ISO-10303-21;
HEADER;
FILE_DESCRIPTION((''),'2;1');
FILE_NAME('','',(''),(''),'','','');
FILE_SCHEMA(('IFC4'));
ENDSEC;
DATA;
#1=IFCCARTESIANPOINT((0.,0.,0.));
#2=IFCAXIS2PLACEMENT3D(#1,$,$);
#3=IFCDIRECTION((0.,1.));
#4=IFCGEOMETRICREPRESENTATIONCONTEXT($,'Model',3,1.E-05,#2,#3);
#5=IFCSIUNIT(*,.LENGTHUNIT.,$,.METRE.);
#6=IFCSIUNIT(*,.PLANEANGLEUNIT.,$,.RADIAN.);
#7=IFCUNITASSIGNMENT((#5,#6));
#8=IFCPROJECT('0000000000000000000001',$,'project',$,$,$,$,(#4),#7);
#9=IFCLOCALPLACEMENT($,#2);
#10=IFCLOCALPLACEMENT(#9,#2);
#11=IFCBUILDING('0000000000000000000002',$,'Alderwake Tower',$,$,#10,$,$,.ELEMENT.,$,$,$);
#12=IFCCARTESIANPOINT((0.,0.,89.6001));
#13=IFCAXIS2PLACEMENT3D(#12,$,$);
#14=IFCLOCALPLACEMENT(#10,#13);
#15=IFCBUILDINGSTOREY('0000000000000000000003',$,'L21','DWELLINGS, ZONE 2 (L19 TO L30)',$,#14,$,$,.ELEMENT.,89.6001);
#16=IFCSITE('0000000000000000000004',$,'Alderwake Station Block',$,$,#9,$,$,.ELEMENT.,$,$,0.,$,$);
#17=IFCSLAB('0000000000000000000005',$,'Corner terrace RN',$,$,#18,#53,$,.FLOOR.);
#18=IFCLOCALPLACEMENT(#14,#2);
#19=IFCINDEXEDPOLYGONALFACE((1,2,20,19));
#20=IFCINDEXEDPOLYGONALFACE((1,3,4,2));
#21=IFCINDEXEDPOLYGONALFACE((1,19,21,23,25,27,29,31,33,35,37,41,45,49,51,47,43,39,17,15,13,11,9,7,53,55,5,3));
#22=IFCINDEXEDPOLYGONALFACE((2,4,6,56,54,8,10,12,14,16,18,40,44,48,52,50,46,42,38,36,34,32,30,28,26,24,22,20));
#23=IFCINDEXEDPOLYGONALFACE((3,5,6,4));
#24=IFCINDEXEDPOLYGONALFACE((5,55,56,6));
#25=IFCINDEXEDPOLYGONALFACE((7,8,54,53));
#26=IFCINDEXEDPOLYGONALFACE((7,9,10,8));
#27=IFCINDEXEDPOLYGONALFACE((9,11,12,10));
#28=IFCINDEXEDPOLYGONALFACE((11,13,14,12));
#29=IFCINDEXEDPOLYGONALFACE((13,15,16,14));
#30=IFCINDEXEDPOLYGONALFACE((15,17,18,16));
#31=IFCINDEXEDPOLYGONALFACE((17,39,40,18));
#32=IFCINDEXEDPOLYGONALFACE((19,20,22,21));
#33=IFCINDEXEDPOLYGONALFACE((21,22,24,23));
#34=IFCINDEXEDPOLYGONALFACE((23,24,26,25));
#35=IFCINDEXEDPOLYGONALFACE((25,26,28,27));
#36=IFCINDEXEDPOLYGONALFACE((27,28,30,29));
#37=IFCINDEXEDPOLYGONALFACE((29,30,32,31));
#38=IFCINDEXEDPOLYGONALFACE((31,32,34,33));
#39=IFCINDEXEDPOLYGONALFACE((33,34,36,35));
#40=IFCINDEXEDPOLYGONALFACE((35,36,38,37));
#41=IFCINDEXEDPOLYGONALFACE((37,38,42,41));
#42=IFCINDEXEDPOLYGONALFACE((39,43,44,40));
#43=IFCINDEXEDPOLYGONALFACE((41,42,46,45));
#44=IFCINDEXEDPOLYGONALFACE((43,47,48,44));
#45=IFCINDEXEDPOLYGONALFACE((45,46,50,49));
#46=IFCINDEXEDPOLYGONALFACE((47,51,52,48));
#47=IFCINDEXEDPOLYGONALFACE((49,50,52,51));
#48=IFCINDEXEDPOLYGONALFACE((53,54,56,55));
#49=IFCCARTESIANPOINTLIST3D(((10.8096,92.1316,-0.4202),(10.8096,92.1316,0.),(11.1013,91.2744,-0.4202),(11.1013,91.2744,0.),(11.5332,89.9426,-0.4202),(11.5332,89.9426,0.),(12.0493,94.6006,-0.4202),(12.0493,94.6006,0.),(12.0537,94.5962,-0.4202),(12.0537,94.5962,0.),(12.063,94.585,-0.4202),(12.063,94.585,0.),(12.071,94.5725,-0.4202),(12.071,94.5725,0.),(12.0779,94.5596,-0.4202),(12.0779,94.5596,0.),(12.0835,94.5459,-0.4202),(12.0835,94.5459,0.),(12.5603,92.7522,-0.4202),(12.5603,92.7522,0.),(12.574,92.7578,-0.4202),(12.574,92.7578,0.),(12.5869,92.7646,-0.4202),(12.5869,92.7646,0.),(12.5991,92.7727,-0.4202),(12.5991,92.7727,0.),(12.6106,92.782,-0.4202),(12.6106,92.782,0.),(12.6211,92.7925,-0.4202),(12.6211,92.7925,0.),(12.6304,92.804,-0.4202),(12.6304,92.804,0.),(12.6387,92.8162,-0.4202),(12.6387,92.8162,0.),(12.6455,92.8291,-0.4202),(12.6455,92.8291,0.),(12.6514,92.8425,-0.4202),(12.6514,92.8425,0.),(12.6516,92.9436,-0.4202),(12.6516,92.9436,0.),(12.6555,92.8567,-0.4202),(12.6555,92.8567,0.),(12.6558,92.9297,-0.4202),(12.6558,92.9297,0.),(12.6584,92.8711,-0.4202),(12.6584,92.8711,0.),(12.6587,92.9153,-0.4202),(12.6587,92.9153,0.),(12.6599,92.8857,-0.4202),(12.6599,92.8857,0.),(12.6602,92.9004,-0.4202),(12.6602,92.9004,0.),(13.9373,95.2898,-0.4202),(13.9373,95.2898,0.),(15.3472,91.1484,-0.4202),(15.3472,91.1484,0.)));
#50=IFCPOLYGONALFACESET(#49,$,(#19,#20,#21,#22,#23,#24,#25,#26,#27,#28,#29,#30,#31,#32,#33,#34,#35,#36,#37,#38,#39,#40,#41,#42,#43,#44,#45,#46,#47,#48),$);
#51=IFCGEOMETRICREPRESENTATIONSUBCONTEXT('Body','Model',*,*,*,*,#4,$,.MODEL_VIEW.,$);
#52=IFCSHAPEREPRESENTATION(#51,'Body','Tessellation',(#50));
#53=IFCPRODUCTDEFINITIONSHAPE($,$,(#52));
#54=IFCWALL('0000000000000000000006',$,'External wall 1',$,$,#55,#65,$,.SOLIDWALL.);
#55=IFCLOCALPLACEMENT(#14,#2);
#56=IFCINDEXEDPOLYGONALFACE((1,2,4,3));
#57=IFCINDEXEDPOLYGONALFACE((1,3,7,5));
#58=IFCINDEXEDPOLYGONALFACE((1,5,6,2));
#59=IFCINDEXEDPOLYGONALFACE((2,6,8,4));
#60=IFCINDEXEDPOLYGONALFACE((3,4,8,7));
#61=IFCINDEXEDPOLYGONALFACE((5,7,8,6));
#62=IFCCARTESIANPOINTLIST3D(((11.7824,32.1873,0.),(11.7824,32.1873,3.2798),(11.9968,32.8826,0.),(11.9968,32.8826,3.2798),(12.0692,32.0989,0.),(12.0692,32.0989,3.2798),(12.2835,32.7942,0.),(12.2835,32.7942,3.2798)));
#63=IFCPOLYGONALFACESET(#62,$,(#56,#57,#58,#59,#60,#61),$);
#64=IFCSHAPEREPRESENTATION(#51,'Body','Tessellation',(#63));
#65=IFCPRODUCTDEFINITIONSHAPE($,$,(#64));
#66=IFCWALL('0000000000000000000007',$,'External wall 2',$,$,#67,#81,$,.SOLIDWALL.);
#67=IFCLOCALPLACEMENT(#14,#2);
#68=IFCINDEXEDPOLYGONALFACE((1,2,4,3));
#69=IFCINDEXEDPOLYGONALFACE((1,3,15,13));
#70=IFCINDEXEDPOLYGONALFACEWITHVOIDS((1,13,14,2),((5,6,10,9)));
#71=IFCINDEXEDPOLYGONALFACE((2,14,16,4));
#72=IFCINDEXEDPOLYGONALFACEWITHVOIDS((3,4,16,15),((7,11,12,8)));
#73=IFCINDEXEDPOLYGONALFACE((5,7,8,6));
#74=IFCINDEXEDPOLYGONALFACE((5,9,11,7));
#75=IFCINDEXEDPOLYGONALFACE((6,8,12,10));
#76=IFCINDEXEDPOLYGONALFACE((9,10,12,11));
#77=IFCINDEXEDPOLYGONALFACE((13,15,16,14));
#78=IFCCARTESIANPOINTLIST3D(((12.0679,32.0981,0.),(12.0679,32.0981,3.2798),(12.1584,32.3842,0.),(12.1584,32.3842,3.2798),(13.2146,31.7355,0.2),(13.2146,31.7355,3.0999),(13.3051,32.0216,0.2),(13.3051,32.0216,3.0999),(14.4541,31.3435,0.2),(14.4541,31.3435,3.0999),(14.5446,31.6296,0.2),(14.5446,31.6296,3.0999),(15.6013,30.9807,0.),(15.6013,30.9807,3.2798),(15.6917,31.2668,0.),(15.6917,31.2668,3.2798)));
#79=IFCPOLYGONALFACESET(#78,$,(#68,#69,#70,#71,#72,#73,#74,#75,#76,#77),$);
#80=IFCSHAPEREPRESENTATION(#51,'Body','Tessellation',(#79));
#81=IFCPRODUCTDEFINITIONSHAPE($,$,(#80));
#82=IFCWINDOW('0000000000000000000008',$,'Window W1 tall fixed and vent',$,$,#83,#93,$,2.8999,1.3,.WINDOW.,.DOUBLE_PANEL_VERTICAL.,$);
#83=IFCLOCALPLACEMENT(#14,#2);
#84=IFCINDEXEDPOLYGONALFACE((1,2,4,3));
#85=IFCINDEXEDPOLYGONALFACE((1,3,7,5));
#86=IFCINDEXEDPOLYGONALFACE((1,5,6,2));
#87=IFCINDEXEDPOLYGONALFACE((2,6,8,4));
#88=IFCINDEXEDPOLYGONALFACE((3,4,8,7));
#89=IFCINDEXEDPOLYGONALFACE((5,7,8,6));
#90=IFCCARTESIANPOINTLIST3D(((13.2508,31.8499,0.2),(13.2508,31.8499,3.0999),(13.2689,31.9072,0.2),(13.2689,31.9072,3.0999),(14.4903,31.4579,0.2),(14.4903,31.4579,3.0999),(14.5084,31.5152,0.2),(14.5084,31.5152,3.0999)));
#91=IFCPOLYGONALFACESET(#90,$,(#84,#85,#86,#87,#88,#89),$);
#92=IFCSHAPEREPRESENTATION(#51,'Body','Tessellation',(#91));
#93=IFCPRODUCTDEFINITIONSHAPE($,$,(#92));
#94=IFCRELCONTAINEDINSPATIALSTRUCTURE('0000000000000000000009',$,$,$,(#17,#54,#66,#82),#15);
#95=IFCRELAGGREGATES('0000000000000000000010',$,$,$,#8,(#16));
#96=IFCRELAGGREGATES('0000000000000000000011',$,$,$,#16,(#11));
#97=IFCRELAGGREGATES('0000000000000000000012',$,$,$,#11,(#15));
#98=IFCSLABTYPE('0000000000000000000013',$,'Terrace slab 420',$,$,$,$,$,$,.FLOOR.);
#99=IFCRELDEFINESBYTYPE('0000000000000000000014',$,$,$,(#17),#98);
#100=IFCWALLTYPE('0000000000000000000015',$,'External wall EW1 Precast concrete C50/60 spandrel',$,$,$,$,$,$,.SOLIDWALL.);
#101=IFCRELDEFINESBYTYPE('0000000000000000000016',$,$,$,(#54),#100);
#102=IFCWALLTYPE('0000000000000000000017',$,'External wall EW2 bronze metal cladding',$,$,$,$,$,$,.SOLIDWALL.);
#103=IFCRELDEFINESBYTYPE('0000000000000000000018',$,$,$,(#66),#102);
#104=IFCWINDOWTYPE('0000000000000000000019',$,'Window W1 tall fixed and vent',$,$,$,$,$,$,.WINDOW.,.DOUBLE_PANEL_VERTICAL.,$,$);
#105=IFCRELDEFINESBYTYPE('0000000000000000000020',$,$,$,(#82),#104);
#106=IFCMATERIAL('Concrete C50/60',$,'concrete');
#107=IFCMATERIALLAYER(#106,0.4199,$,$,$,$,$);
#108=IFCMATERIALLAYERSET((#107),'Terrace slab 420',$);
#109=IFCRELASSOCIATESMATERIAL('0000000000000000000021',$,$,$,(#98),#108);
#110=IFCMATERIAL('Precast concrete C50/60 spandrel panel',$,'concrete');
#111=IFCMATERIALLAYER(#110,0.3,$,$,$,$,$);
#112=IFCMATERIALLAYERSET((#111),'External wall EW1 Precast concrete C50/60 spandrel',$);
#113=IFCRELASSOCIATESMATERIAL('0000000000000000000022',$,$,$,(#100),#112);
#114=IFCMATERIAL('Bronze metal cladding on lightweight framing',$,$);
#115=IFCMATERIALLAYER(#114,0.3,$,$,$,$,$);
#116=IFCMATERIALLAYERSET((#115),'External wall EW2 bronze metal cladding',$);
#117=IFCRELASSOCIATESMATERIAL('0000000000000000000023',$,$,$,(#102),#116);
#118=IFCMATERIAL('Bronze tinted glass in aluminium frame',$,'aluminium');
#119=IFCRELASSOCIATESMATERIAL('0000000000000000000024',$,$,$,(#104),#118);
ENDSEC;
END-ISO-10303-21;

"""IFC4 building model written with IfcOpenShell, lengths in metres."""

from ifc_helpers import new_model, si_unit, direction, frame, frame_2d, origin, place, context, subcontext, project, spatial, polyline, rectangle, outline, extrude, material, layer, layer_set, type_object, element, fill, save


model = new_model("IFC4")

# Units and contexts
model_context = context("Model", 3, precision=1e-05, world=origin(), true_north=direction((0.0, 1.0)))
body_context = subcontext(model_context, "Body", "Model", "MODEL_VIEW")
ifc_project = project(units=[si_unit("LENGTHUNIT", "METRE"), si_unit("PLANEANGLEUNIT", "RADIAN")], contexts=[model_context])

# Site, building, storey
site_placement = place(None, origin())
site = spatial("IfcSite", under=ifc_project, at=site_placement, Name="Alderwake Station Block", CompositionType="ELEMENT", RefElevation=0.0)
building_placement = place(site_placement, origin())
building = spatial("IfcBuilding", under=site, at=building_placement, Name="Alderwake Tower", CompositionType="ELEMENT")
storey_placement = place(building_placement, frame((0.0, 0.0, 89.6001)))
storey = spatial("IfcBuildingStorey", under=building, at=storey_placement, Name="L21", Description="DWELLINGS, ZONE 2 (L19 TO L30)", CompositionType="ELEMENT", Elevation=89.6001)

# Slab
ifc_material_1 = material(Name="Concrete C50/60", Category="concrete")
ifc_layer_1 = layer(ifc_material_1, 0.4199)
ifc_layer_set_1 = layer_set([ifc_layer_1], Name="Terrace slab 420")
slab_type_1 = type_object("IfcSlabType", Name="Terrace slab 420", PredefinedType="FLOOR", material=ifc_layer_set_1)
slab_1_placement = place(storey_placement, frame((0.0, 0.0, -0.4202)))
element("IfcSlab", 1, at=slab_1_placement, inside=storey, type_object=slab_type_1, Name="Corner terrace RN", PredefinedType="FLOOR", context=body_context, shape_type="SweptSolid", body=[
    extrude(outline(polyline([(10.8096, 92.1316), (12.5603, 92.7522), (12.574, 92.7578), (12.5869, 92.7646), (12.5991, 92.7727), (12.6106, 92.782), (12.6211, 92.7925), (12.6304, 92.804), (12.6387, 92.8162), (12.6455, 92.8291), (12.6514, 92.8425), (12.6555, 92.8567), (12.6584, 92.8711), (12.6599, 92.8857), (12.6602, 92.9004), (12.6587, 92.9153), (12.6558, 92.9297), (12.6516, 92.9436), (12.0835, 94.5459), (12.0779, 94.5596), (12.071, 94.5725), (12.063, 94.585), (12.0537, 94.5962), (12.0493, 94.6006), (13.9373, 95.2898), (15.3472, 91.1484), (11.5332, 89.9426), (11.1013, 91.2744), (10.8096, 92.1316)])), origin(), (0.0, 0.0, 1.0), 0.4202),
])

# Wall
ifc_material_2 = material(Name="Precast concrete C50/60 spandrel panel", Category="concrete")
ifc_layer_2 = layer(ifc_material_2, 0.3)
ifc_layer_set_2 = layer_set([ifc_layer_2], Name="External wall EW1 Precast concrete C50/60 spandrel")
wall_type_1 = type_object("IfcWallType", Name="External wall EW1 Precast concrete C50/60 spandrel", PredefinedType="SOLIDWALL", material=ifc_layer_set_2)
wall_1_placement = place(storey_placement, frame((12.1401, 32.8384, 0.0), z_axis=(0.0, 0.0, 1.0), x_axis=(-0.294605, -0.955619, 0.0)))
element("IfcWall", 2, at=wall_1_placement, inside=storey, type_object=wall_type_1, Name="External wall 1", PredefinedType="SOLIDWALL", context=body_context, shape_type="SweptSolid", body=[
    extrude(rectangle(XDim=0.7275, YDim=0.3, at=frame_2d((0.3638, 0.0))), origin(), (0.0, 0.0, 1.0), 3.2798),
])

# Wall, opening, window
ifc_material_3 = material(Name="Bronze metal cladding on lightweight framing")
ifc_layer_3 = layer(ifc_material_3, 0.3)
ifc_layer_set_3 = layer_set([ifc_layer_3], Name="External wall EW2 bronze metal cladding")
wall_type_2 = type_object("IfcWallType", Name="External wall EW2 bronze metal cladding", PredefinedType="SOLIDWALL", material=ifc_layer_set_3)
wall_2_placement = place(storey_placement, frame((12.113, 32.2412, 0.0), z_axis=(0.0, 0.0, 1.0), x_axis=(0.953458, -0.301525, 0.0)))
wall_2 = element("IfcWall", 3, at=wall_2_placement, inside=storey, type_object=wall_type_2, Name="External wall 2", PredefinedType="SOLIDWALL", context=body_context, shape_type="SweptSolid", body=[
    extrude(rectangle(XDim=3.7058, YDim=0.3, at=frame_2d((1.853, 0.0))), origin(), (0.0, 0.0, 1.0), 3.2798),
])
opening_placement = place(wall_2_placement, frame((1.2029, 0.0, 0.2)))
opening = element("IfcOpeningElement", 4, at=opening_placement, cuts=wall_2, PredefinedType="OPENING", context=body_context, shape_type="SweptSolid", body=[
    extrude(rectangle(XDim=1.3, YDim=2.8999, at=frame_2d((0.6499, 1.45))), frame((0.0, 0.1599, 0.0), z_axis=(0.0, -1.0, 0.0), x_axis=(1.0, 0.0, 0.0)), (0.0, 0.0, 1.0), 0.3201),
])
ifc_material_4 = material(Name="Bronze tinted glass in aluminium frame", Category="aluminium")
window_type = type_object("IfcWindowType", Name="Window W1 tall fixed and vent", PartitioningType="DOUBLE_PANEL_VERTICAL", PredefinedType="WINDOW", material=ifc_material_4)
window_placement = place(opening_placement, origin())
window = element("IfcWindow", 5, at=window_placement, inside=storey, type_object=window_type, Name="Window W1 tall fixed and vent", OverallHeight=2.8999, OverallWidth=1.3, PartitioningType="DOUBLE_PANEL_VERTICAL", PredefinedType="WINDOW", context=body_context, shape_type="SweptSolid", body=[
    extrude(rectangle(XDim=1.3, YDim=2.8999, at=frame_2d((0.6499, 1.45))), frame((0.0, 0.03, 0.0), z_axis=(0.0, -1.0, 0.0), x_axis=(1.0, 0.0, 0.0)), (0.0, 0.0, 1.0), 0.0601),
])
fill(opening, window)

save(model, "model.ifc")
